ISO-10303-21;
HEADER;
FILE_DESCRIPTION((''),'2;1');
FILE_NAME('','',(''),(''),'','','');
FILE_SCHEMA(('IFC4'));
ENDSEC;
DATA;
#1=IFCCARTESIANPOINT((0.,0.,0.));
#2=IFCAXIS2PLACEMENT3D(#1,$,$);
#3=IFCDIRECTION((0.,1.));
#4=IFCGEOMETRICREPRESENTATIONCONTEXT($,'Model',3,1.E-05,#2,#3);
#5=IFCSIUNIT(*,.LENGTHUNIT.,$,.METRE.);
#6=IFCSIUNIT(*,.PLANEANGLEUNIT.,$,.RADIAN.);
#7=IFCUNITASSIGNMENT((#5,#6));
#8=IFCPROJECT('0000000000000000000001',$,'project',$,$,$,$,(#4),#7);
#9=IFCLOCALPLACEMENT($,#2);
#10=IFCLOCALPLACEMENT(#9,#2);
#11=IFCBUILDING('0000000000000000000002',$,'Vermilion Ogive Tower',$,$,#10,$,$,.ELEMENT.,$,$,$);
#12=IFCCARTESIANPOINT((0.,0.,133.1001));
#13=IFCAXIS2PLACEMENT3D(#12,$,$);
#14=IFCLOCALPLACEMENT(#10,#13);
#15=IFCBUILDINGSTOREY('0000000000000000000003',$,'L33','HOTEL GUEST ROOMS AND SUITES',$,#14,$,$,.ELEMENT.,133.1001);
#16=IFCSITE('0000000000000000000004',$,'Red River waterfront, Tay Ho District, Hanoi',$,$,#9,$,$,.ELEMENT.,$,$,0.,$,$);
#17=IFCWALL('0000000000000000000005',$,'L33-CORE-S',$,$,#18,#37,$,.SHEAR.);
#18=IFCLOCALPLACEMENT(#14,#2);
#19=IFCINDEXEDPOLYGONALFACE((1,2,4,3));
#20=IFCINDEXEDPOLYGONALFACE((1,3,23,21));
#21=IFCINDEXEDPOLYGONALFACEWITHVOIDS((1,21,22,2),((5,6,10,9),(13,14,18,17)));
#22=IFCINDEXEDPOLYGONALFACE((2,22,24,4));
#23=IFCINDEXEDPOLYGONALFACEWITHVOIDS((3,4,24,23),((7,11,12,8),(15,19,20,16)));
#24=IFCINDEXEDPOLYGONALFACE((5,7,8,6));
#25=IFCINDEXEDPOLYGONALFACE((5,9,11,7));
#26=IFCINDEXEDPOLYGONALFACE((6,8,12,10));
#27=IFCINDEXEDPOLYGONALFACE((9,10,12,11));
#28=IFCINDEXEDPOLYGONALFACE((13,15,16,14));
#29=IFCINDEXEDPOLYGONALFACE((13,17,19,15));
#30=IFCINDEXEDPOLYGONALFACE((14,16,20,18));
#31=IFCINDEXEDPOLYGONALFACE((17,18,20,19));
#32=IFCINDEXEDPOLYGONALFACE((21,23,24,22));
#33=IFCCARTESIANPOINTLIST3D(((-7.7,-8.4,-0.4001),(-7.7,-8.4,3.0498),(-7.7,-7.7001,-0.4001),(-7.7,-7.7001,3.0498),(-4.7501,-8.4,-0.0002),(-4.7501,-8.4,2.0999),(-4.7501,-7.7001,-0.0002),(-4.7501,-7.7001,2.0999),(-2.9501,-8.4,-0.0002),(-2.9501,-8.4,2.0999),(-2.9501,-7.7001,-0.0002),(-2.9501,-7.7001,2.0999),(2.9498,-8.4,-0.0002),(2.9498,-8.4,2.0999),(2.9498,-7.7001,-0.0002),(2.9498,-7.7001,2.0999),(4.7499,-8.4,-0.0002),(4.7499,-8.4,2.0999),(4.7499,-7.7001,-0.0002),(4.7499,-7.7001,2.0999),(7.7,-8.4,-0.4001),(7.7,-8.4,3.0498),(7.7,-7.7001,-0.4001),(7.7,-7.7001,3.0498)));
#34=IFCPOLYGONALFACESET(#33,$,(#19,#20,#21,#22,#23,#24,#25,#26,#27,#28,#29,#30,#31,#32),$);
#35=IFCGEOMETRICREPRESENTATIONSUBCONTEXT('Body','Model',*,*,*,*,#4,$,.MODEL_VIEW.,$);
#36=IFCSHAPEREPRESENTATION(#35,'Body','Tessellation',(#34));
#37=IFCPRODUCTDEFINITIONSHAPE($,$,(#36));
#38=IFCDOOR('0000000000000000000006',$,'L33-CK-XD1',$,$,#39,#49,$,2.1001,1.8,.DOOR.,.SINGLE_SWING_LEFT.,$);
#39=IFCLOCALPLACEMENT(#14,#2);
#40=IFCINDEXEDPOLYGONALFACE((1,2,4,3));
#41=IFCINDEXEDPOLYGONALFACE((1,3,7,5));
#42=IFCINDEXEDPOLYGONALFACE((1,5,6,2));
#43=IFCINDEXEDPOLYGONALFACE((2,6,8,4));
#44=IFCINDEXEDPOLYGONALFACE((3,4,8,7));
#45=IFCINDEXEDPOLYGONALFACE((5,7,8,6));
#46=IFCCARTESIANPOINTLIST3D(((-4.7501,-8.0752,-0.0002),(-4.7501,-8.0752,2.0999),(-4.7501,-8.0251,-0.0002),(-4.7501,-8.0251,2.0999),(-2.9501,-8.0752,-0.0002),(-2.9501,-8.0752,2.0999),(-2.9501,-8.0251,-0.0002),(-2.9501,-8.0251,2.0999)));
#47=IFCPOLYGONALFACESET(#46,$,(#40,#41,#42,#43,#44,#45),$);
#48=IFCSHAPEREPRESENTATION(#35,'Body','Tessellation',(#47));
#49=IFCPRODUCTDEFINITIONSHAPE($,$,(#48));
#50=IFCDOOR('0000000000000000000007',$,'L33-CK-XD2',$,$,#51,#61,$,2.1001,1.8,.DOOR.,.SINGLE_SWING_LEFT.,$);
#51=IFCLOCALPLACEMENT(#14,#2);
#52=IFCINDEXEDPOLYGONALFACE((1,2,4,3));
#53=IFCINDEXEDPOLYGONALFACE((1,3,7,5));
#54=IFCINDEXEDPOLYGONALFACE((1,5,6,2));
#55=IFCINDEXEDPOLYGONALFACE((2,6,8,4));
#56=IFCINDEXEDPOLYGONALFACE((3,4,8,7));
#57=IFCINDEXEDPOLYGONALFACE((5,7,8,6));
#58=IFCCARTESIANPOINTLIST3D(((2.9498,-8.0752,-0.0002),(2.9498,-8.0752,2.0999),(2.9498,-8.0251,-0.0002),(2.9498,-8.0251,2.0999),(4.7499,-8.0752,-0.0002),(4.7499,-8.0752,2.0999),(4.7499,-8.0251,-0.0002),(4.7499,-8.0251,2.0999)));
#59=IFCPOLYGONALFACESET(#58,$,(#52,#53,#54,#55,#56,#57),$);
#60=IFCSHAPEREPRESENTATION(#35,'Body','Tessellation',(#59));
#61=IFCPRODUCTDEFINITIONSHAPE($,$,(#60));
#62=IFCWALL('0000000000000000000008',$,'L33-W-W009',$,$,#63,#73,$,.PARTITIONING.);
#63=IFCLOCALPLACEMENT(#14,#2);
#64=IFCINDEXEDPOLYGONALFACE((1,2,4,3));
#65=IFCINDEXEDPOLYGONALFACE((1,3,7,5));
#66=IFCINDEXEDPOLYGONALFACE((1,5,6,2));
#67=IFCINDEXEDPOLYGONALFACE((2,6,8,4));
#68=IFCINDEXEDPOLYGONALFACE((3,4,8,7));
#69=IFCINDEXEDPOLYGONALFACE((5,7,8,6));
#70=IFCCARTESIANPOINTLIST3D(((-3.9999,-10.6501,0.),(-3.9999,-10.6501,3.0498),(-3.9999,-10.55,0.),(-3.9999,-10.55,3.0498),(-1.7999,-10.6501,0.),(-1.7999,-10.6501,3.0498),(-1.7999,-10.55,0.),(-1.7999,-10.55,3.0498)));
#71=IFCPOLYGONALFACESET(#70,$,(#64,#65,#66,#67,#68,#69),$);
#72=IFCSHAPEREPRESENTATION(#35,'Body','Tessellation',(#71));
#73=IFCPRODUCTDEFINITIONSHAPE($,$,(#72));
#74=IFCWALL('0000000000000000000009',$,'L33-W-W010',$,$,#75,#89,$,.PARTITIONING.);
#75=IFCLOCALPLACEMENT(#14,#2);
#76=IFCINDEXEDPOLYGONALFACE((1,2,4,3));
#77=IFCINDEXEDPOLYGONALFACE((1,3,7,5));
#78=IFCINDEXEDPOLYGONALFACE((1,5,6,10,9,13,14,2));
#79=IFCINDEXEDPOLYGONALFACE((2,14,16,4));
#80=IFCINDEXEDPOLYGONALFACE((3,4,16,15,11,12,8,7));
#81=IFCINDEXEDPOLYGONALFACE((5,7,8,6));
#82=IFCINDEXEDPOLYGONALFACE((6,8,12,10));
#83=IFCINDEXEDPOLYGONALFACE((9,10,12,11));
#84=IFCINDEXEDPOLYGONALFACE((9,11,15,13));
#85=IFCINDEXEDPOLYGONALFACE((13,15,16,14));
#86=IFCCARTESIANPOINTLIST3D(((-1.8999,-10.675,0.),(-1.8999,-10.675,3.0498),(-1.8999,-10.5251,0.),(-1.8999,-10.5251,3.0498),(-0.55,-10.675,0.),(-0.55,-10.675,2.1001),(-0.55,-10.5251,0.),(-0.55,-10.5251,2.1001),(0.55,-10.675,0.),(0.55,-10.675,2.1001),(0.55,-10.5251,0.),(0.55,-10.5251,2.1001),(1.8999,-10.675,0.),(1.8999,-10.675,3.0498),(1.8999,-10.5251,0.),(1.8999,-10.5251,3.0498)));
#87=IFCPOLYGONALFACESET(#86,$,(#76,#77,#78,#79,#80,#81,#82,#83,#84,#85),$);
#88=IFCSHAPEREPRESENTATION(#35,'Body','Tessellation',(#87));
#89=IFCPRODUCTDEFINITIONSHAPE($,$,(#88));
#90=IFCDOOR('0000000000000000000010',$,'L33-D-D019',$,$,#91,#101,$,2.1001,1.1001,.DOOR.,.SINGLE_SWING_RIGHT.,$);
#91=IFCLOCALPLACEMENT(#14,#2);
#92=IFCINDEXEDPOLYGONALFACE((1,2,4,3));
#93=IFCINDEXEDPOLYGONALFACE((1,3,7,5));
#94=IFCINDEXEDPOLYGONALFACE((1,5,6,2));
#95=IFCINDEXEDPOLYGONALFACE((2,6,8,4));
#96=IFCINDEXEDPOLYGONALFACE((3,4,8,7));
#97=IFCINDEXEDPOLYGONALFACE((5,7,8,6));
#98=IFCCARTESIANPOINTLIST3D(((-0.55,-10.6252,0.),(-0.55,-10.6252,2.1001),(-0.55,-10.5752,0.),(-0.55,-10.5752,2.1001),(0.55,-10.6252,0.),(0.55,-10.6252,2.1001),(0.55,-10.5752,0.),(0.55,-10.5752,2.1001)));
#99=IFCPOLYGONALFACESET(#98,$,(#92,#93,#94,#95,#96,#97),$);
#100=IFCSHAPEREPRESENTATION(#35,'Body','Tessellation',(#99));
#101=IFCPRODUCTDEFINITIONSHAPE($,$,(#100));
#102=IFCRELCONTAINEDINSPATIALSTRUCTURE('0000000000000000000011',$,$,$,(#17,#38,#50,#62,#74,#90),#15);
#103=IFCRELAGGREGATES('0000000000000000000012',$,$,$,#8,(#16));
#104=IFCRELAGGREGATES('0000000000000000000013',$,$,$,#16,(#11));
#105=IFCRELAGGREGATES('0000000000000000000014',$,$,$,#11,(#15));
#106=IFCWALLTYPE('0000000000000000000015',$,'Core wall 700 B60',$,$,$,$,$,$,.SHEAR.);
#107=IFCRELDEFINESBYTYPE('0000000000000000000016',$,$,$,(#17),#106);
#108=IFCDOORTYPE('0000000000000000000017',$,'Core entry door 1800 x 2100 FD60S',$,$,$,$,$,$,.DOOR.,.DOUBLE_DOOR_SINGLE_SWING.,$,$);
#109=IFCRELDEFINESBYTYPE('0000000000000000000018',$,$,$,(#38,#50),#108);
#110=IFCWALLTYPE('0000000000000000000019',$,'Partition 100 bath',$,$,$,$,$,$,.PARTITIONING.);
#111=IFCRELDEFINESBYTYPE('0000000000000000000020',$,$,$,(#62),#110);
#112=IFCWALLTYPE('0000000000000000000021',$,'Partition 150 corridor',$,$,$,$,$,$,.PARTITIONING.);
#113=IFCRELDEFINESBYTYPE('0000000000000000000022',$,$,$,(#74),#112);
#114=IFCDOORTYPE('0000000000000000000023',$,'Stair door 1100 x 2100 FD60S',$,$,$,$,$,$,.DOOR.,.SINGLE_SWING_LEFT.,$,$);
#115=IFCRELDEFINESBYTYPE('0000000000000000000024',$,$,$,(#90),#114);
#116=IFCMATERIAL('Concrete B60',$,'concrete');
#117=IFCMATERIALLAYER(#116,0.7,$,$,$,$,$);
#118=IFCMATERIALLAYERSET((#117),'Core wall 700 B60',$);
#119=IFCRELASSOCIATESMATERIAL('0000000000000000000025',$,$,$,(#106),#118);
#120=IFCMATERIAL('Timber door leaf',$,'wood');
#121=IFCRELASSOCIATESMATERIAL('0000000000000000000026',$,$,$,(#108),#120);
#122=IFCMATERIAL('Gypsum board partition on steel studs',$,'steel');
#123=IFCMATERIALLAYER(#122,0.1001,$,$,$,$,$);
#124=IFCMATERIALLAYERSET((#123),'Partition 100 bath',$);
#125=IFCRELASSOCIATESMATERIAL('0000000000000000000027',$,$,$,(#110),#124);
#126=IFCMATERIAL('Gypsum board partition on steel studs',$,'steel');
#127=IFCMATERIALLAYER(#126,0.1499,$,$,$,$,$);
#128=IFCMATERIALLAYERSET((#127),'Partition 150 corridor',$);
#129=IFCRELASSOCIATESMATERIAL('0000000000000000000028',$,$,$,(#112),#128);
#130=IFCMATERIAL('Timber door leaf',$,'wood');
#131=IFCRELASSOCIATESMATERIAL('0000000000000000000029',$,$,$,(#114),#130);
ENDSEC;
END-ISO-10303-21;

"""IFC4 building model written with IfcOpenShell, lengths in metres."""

from ifc_helpers import new_model, si_unit, direction, frame, frame_2d, origin, place, context, subcontext, project, spatial, rectangle, extrude, material, layer, layer_set, type_object, element, fill, save


model = new_model("IFC4")

# Units and contexts
model_context = context("Model", 3, precision=1e-05, world=origin(), true_north=direction((0.0, 1.0)))
body_context = subcontext(model_context, "Body", "Model", "MODEL_VIEW")
ifc_project = project(units=[si_unit("LENGTHUNIT", "METRE"), si_unit("PLANEANGLEUNIT", "RADIAN")], contexts=[model_context])

# Site, building, storey
site_placement = place(None, origin())
site = spatial("IfcSite", under=ifc_project, at=site_placement, Name="Red River waterfront, Tay Ho District, Hanoi", CompositionType="ELEMENT", RefElevation=0.0)
building_placement = place(site_placement, origin())
building = spatial("IfcBuilding", under=site, at=building_placement, Name="Vermilion Ogive Tower", CompositionType="ELEMENT")
storey_placement = place(building_placement, frame((0.0, 0.0, 133.1001)))
storey = spatial("IfcBuildingStorey", under=building, at=storey_placement, Name="L33", Description="HOTEL GUEST ROOMS AND SUITES", CompositionType="ELEMENT", Elevation=133.1001)

# Wall, openings, doors
ifc_material_1 = material(Name="Concrete B60", Category="concrete")
ifc_layer_1 = layer(ifc_material_1, 0.7)
ifc_layer_set_1 = layer_set([ifc_layer_1], Name="Core wall 700 B60")
wall_type_1 = type_object("IfcWallType", Name="Core wall 700 B60", PredefinedType="SHEAR", material=ifc_layer_set_1)
wall_1_placement = place(storey_placement, frame((-7.7, -8.05, -0.4001), z_axis=(0.0, 0.0, 1.0), x_axis=(1.0, 0.0, 0.0)))
wall_1 = element("IfcWall", 1, at=wall_1_placement, inside=storey, type_object=wall_type_1, Name="L33-CORE-S", PredefinedType="SHEAR", context=body_context, shape_type="SweptSolid", body=[
    extrude(rectangle(XDim=15.3999, YDim=0.7, at=frame_2d((7.7, 0.0))), origin(), (0.0, 0.0, 1.0), 3.45),
])
opening_1_placement = place(wall_1_placement, frame((2.95, 0.0, 0.3999)))
opening_1 = element("IfcOpeningElement", 2, at=opening_1_placement, cuts=wall_1, PredefinedType="OPENING", context=body_context, shape_type="SweptSolid", body=[
    extrude(rectangle(XDim=1.8, YDim=2.1001, at=frame_2d((0.8999, 1.05))), frame((0.0, 0.3599, 0.0), z_axis=(0.0, -1.0, 0.0), x_axis=(1.0, 0.0, 0.0)), (0.0, 0.0, 1.0), 0.72),
])
opening_2_placement = place(wall_1_placement, frame((10.6499, 0.0, 0.3999)))
opening_2 = element("IfcOpeningElement", 3, at=opening_2_placement, cuts=wall_1, PredefinedType="OPENING", context=body_context, shape_type="SweptSolid", body=[
    extrude(rectangle(XDim=1.8, YDim=2.1001, at=frame_2d((0.8999, 1.05))), frame((0.0, 0.3599, 0.0), z_axis=(0.0, -1.0, 0.0), x_axis=(1.0, 0.0, 0.0)), (0.0, 0.0, 1.0), 0.72),
])
ifc_material_2 = material(Name="Timber door leaf", Category="wood")
door_type_1 = type_object("IfcDoorType", Name="Core entry door 1800 x 2100 FD60S", OperationType="DOUBLE_DOOR_SINGLE_SWING", PredefinedType="DOOR", material=ifc_material_2)
door_1_placement = place(opening_1_placement, origin())
door_1 = element("IfcDoor", 4, at=door_1_placement, inside=storey, type_object=door_type_1, Name="L33-CK-XD1", OperationType="SINGLE_SWING_LEFT", OverallHeight=2.1001, OverallWidth=1.8, PredefinedType="DOOR", context=body_context, shape_type="SweptSolid", body=[
    extrude(rectangle(XDim=1.8, YDim=2.1001, at=frame_2d((0.8999, 1.05))), frame((0.0, 0.0249, 0.0), z_axis=(0.0, -1.0, 0.0), x_axis=(1.0, 0.0, 0.0)), (0.0, 0.0, 1.0), 0.05),
])
fill(opening_1, door_1)
door_2_placement = place(opening_2_placement, origin())
door_2 = element("IfcDoor", 5, at=door_2_placement, inside=storey, type_object=door_type_1, Name="L33-CK-XD2", OperationType="SINGLE_SWING_LEFT", OverallHeight=2.1001, OverallWidth=1.8, PredefinedType="DOOR", context=body_context, shape_type="SweptSolid", body=[
    extrude(rectangle(XDim=1.8, YDim=2.1001, at=frame_2d((0.8999, 1.05))), frame((0.0, 0.0249, 0.0), z_axis=(0.0, -1.0, 0.0), x_axis=(1.0, 0.0, 0.0)), (0.0, 0.0, 1.0), 0.05),
])
fill(opening_2, door_2)

# Wall
ifc_material_3 = material(Name="Gypsum board partition on steel studs", Category="steel")
ifc_layer_2 = layer(ifc_material_3, 0.1001)
ifc_layer_set_2 = layer_set([ifc_layer_2], Name="Partition 100 bath")
wall_type_2 = type_object("IfcWallType", Name="Partition 100 bath", PredefinedType="PARTITIONING", material=ifc_layer_set_2)
wall_2_placement = place(storey_placement, frame((-4.0, -10.6001, 0.0), z_axis=(0.0, 0.0, 1.0), x_axis=(1.0, 0.0, 0.0)))
element("IfcWall", 6, at=wall_2_placement, inside=storey, type_object=wall_type_2, Name="L33-W-W009", PredefinedType="PARTITIONING", context=body_context, shape_type="SweptSolid", body=[
    extrude(rectangle(XDim=2.2, YDim=0.1001, at=frame_2d((1.1001, 0.0))), origin(), (0.0, 0.0, 1.0), 3.0498),
])

# Wall, opening, door
ifc_material_4 = material(Name="Gypsum board partition on steel studs", Category="steel")
ifc_layer_3 = layer(ifc_material_4, 0.1499)
ifc_layer_set_3 = layer_set([ifc_layer_3], Name="Partition 150 corridor")
wall_type_3 = type_object("IfcWallType", Name="Partition 150 corridor", PredefinedType="PARTITIONING", material=ifc_layer_set_3)
wall_3_placement = place(storey_placement, frame((-1.8999, -10.6001, 0.0), z_axis=(0.0, 0.0, 1.0), x_axis=(1.0, 0.0, 0.0)))
wall_3 = element("IfcWall", 7, at=wall_3_placement, inside=storey, type_object=wall_type_3, Name="L33-W-W010", PredefinedType="PARTITIONING", context=body_context, shape_type="SweptSolid", body=[
    extrude(rectangle(XDim=3.7998, YDim=0.1499, at=frame_2d((1.8999, 0.0))), origin(), (0.0, 0.0, 1.0), 3.0498),
])
opening_3_placement = place(wall_3_placement, frame((1.3499, 0.0, 0.0)))
opening_3 = element("IfcOpeningElement", 8, at=opening_3_placement, cuts=wall_3, PredefinedType="OPENING", context=body_context, shape_type="SweptSolid", body=[
    extrude(rectangle(XDim=1.1001, YDim=2.1001, at=frame_2d((0.55, 1.05))), frame((0.0, 0.085, 0.0), z_axis=(0.0, -1.0, 0.0), x_axis=(1.0, 0.0, 0.0)), (0.0, 0.0, 1.0), 0.1699),
])
ifc_material_5 = material(Name="Timber door leaf", Category="wood")
door_type_2 = type_object("IfcDoorType", Name="Stair door 1100 x 2100 FD60S", OperationType="SINGLE_SWING_LEFT", PredefinedType="DOOR", material=ifc_material_5)
door_3_placement = place(opening_3_placement, origin())
door_3 = element("IfcDoor", 9, at=door_3_placement, inside=storey, type_object=door_type_2, Name="L33-D-D019", OperationType="SINGLE_SWING_RIGHT", OverallHeight=2.1001, OverallWidth=1.1001, PredefinedType="DOOR", context=body_context, shape_type="SweptSolid", body=[
    extrude(rectangle(XDim=1.1001, YDim=2.1001, at=frame_2d((0.55, 1.05))), frame((0.0, 0.0249, 0.0), z_axis=(0.0, -1.0, 0.0), x_axis=(1.0, 0.0, 0.0)), (0.0, 0.0, 1.0), 0.05),
])
fill(opening_3, door_3)

save(model, "model.ifc")
